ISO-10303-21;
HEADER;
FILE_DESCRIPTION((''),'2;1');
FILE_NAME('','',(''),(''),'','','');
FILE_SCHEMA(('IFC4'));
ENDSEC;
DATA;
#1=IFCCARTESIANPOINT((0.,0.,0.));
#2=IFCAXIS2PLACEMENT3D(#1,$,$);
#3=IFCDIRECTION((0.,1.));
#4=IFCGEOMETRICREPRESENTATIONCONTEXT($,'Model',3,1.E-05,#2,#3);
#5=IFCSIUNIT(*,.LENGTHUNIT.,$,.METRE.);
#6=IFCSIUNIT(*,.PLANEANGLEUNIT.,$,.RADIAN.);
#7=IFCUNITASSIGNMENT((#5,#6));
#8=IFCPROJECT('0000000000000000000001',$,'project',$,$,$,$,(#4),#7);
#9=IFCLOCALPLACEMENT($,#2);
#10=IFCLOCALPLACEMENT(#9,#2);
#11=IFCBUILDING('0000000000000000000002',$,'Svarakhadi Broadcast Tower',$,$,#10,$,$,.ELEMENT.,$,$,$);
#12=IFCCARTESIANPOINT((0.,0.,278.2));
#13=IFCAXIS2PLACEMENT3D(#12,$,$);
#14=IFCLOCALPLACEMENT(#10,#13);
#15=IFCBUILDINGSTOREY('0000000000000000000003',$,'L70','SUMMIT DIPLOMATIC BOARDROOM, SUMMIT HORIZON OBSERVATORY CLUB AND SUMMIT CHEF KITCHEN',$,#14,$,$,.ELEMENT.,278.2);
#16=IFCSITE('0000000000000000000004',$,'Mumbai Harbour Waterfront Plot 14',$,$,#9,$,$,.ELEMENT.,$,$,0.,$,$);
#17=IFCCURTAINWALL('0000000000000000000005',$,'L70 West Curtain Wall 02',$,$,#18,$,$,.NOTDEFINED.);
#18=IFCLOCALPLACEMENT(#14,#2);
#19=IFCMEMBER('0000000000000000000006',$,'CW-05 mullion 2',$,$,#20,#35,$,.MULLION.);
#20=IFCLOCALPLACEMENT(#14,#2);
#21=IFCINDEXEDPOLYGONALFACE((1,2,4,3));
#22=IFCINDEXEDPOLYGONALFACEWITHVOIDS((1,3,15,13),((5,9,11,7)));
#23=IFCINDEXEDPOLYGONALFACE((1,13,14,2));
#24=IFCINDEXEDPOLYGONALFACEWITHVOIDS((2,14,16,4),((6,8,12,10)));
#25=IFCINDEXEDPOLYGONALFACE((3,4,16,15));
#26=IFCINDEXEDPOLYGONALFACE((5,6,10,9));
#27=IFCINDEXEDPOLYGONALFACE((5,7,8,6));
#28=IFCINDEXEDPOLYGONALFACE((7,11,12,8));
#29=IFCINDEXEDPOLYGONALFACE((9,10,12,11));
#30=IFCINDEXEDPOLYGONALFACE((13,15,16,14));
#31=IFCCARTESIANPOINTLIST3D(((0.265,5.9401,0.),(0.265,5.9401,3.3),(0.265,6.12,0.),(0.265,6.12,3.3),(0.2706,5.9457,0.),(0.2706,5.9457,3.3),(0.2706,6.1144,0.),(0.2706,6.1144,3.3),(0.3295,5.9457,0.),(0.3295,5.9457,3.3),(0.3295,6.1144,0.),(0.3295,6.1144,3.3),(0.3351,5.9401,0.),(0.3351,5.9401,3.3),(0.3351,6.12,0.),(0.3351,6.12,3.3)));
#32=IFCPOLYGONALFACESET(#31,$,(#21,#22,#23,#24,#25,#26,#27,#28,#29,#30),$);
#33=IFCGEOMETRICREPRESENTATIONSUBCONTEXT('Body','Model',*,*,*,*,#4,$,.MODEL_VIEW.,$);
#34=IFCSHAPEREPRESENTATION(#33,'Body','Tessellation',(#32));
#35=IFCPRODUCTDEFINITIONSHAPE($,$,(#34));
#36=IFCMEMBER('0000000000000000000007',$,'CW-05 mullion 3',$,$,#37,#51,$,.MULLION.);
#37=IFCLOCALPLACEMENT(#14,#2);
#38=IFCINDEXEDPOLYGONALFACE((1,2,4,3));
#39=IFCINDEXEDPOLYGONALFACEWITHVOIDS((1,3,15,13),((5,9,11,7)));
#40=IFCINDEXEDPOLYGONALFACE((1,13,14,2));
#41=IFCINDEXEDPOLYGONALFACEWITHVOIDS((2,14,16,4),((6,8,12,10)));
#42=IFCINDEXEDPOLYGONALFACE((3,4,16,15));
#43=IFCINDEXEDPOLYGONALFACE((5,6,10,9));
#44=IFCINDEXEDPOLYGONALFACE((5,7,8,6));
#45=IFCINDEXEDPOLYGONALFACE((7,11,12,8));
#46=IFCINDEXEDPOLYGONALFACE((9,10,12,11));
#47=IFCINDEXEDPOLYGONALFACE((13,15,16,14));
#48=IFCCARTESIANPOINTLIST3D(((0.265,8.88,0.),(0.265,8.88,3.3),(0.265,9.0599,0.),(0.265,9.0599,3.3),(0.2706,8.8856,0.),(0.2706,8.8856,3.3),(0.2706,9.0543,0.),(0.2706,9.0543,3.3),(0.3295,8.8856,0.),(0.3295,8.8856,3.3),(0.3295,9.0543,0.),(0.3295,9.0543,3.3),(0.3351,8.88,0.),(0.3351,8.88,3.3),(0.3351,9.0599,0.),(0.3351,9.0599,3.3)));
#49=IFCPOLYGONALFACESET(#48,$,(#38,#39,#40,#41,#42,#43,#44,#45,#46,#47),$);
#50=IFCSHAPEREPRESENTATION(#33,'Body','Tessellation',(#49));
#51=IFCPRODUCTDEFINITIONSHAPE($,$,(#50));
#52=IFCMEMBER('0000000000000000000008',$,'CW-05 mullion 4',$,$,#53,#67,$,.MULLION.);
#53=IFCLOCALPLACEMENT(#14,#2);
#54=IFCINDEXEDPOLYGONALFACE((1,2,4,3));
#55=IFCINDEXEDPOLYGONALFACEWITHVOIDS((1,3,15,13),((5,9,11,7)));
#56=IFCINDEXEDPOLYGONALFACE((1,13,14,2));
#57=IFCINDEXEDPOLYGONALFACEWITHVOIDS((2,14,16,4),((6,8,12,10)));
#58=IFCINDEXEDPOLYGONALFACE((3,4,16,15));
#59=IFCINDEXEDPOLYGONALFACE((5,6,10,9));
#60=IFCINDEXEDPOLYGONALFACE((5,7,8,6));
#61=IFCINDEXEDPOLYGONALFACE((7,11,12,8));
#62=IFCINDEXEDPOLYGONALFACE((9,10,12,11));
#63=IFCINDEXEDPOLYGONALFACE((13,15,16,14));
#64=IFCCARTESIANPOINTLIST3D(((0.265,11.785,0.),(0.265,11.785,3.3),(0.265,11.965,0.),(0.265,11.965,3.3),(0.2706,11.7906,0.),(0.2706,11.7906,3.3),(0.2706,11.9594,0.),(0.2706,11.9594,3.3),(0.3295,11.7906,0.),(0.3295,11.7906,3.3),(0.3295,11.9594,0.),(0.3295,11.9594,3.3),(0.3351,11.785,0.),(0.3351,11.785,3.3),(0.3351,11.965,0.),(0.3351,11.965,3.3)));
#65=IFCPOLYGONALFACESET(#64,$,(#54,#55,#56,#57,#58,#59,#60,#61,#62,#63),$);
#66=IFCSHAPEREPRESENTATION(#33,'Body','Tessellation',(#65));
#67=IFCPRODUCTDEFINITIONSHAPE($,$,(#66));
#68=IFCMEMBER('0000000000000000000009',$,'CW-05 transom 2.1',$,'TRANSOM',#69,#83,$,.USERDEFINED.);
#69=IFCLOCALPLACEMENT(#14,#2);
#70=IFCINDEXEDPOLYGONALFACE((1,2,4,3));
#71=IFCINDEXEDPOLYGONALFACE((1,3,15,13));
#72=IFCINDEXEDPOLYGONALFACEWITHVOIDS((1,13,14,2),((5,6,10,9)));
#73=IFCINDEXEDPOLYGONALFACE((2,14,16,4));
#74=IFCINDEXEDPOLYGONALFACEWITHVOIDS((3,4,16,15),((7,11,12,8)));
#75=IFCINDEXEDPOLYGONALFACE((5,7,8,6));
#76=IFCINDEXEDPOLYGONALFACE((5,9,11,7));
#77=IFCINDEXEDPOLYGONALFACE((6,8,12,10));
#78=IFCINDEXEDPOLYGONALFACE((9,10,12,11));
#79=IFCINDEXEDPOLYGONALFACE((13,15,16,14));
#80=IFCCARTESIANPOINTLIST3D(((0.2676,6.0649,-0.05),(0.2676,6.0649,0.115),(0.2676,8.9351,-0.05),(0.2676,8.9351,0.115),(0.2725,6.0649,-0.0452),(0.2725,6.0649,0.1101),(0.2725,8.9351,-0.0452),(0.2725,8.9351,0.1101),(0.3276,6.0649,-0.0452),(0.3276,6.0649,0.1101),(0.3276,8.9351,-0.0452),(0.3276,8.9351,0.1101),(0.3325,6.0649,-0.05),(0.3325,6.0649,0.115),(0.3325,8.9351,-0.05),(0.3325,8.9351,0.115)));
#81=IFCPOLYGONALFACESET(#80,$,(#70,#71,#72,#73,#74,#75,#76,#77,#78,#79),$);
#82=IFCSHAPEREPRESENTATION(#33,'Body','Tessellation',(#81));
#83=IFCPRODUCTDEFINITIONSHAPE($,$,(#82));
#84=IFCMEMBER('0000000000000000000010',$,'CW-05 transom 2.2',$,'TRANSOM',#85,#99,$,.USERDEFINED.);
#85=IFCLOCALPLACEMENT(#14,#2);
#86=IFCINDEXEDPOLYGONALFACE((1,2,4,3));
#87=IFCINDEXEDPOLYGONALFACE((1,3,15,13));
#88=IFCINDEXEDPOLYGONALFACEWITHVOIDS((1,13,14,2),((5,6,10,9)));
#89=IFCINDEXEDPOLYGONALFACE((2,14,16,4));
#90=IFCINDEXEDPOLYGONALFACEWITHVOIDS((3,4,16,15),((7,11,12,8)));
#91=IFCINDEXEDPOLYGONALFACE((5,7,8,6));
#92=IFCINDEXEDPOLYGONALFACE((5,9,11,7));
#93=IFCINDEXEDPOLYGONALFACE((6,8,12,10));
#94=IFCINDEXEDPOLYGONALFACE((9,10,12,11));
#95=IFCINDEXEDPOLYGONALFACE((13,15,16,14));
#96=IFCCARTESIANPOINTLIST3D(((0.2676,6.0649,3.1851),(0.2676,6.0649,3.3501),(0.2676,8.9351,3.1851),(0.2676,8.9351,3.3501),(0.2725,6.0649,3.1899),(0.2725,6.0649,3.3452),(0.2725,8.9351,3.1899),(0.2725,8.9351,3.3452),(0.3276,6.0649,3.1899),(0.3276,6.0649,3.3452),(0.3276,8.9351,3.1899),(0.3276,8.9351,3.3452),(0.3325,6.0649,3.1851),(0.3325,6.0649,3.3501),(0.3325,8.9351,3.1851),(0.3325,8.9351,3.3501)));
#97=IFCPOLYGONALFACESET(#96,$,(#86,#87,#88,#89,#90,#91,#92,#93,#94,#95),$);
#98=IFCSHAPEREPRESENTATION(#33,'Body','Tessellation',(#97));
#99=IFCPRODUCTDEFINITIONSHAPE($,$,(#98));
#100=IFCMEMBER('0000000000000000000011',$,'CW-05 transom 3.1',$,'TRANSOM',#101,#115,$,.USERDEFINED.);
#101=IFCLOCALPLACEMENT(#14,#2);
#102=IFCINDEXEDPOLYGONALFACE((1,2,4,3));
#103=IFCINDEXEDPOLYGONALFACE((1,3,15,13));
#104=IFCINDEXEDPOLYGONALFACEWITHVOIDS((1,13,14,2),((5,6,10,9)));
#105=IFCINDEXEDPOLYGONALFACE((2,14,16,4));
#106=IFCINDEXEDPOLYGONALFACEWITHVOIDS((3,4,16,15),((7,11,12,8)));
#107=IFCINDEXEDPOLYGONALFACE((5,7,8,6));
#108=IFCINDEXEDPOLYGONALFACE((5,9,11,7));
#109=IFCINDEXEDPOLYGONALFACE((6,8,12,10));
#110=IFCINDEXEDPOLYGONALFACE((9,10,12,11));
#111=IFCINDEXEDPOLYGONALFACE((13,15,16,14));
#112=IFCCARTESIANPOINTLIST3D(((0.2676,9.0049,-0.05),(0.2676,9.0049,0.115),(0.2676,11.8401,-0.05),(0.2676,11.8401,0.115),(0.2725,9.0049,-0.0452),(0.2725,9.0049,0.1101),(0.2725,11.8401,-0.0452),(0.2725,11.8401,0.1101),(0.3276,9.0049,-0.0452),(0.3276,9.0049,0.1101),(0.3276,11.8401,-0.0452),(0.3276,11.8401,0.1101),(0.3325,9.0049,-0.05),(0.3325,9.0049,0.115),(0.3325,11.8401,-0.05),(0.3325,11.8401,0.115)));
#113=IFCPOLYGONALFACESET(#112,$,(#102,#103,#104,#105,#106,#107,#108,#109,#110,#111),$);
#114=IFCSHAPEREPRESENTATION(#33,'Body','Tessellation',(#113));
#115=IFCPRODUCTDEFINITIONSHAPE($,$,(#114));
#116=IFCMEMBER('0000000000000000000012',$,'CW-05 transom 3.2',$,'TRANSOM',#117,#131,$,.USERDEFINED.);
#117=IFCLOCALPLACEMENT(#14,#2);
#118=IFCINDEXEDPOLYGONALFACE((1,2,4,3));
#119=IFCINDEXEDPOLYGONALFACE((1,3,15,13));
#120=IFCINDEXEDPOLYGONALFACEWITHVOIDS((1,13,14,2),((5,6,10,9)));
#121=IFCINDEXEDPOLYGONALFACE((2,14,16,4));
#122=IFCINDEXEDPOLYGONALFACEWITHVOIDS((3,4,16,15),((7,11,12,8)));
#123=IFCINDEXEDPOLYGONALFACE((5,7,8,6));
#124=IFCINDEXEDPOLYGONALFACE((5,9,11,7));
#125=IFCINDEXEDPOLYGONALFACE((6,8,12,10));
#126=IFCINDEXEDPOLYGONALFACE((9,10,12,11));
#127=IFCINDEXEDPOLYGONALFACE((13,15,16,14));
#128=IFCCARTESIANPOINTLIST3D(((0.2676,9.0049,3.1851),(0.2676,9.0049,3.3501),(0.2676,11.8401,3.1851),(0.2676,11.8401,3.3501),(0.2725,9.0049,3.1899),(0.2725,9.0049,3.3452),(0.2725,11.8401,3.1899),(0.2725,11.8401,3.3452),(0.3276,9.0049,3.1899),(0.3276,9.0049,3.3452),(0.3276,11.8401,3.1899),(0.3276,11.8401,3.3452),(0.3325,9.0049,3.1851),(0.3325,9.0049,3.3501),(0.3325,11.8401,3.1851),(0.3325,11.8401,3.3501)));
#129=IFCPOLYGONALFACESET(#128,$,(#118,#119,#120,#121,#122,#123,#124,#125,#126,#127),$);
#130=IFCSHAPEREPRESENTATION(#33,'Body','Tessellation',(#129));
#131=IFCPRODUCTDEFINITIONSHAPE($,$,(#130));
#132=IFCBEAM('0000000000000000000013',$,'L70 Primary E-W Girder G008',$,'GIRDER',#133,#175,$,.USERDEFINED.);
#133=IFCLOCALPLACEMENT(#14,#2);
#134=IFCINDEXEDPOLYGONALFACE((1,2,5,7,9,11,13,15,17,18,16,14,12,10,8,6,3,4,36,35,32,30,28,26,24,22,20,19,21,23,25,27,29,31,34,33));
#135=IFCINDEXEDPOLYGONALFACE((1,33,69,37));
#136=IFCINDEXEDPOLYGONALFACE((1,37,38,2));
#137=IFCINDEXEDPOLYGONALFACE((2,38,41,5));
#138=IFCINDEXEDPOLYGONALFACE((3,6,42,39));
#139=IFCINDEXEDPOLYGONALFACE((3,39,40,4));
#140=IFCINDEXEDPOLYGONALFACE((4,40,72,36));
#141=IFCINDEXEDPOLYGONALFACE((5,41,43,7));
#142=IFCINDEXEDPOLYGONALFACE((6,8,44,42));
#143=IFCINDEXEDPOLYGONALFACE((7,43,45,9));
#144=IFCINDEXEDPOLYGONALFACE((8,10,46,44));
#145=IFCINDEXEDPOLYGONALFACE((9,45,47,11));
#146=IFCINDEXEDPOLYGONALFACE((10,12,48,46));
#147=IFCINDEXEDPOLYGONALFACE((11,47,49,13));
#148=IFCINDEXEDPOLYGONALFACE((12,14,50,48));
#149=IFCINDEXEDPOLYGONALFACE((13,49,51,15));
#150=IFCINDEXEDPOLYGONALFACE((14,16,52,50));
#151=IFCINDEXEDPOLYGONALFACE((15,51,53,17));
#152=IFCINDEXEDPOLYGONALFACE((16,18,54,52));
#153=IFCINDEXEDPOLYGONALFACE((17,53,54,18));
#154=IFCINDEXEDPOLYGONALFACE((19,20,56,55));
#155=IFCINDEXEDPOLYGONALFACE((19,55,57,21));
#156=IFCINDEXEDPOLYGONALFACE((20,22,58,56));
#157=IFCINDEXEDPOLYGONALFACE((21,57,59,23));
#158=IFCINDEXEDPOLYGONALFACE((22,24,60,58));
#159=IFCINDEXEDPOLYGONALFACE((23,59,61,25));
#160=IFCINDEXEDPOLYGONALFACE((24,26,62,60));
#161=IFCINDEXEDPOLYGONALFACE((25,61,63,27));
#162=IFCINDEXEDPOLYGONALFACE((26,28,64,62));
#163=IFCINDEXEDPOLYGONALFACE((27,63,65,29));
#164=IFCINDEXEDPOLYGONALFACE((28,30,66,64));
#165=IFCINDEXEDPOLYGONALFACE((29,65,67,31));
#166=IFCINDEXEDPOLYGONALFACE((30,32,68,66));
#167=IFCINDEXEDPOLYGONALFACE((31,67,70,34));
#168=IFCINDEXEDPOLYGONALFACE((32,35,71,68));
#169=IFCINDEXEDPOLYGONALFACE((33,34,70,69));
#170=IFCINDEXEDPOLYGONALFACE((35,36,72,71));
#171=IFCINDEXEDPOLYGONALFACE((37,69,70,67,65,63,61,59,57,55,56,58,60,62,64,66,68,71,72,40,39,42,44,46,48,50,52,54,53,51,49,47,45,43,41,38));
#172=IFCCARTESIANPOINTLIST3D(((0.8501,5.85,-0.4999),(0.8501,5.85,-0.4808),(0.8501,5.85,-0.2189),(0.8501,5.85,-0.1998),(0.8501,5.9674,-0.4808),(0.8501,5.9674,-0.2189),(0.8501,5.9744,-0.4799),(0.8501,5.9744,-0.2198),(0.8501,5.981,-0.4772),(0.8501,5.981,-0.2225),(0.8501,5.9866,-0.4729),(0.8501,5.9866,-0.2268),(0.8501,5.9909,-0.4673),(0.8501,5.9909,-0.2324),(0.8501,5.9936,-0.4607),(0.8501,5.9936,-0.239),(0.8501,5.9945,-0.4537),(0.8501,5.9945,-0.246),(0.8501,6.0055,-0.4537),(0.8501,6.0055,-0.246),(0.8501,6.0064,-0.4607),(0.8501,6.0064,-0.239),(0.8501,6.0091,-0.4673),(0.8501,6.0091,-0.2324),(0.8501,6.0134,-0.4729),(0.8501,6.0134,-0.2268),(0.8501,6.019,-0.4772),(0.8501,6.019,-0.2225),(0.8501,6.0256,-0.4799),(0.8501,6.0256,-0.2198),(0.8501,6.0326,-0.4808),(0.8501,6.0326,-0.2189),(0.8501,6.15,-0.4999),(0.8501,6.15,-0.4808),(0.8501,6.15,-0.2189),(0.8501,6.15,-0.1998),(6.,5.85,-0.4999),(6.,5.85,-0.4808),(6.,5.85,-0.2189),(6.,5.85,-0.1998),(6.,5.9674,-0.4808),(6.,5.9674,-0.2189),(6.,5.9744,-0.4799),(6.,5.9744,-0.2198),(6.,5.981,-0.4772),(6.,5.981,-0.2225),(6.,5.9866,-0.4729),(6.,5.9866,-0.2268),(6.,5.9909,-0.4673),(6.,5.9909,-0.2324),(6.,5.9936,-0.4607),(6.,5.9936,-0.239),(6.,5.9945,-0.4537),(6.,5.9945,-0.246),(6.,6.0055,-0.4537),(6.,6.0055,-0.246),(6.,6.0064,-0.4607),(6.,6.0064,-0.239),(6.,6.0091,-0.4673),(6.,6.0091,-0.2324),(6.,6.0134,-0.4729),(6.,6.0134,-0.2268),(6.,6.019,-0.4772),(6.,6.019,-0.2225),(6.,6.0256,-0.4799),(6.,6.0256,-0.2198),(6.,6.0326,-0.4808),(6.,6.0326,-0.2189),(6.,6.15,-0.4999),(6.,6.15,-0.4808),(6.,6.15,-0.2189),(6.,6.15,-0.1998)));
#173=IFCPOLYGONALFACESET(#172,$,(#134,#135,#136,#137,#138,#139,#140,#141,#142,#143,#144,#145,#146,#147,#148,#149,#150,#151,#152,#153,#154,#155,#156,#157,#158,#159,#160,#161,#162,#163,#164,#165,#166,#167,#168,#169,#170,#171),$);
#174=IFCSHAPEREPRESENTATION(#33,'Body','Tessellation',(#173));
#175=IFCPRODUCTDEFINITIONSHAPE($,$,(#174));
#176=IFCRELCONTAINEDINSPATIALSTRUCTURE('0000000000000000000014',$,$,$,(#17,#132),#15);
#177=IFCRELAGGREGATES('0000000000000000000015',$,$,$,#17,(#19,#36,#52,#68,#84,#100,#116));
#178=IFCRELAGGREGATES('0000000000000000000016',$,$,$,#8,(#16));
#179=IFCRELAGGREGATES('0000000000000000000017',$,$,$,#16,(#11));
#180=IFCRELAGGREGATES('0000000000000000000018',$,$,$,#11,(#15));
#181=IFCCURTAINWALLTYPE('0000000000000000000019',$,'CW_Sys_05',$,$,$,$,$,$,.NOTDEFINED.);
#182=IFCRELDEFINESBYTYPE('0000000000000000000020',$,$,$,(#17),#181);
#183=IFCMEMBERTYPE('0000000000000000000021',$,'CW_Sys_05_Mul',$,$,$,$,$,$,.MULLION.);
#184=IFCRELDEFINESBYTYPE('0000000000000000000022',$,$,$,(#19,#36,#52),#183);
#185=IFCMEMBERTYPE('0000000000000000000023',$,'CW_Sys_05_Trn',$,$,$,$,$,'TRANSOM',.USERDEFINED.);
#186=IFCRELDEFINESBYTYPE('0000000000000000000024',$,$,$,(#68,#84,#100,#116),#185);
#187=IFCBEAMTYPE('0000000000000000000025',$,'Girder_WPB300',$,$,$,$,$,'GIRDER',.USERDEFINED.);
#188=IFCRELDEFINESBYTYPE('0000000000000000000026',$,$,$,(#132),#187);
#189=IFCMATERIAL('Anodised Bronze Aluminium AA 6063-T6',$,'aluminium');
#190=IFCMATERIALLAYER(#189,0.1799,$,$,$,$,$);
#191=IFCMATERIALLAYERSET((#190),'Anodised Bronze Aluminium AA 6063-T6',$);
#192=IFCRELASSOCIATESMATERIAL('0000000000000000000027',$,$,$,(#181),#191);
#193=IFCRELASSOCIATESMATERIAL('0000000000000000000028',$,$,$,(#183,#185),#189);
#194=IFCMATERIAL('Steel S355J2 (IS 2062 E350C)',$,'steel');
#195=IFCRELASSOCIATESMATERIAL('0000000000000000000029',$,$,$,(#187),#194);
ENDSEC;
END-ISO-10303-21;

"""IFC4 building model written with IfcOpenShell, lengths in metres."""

from ifc_helpers import new_model, si_unit, direction, frame, origin, origin_2d, place, context, subcontext, project, spatial, hollow_rectangle, i_section, extrude, material, layer, layer_set, material_profile, profile_set, type_object, element, aggregate, save


model = new_model("IFC4")

# Units and contexts
model_context = context("Model", 3, precision=1e-05, world=origin(), true_north=direction((0.0, 1.0)))
body_context = subcontext(model_context, "Body", "Model", "MODEL_VIEW")
ifc_project = project(units=[si_unit("LENGTHUNIT", "METRE"), si_unit("PLANEANGLEUNIT", "RADIAN")], contexts=[model_context])

# Site, building, storey
site_placement = place(None, origin())
site = spatial("IfcSite", under=ifc_project, at=site_placement, Name="Mumbai Harbour Waterfront Plot 14", CompositionType="ELEMENT", RefElevation=0.0)
building_placement = place(site_placement, origin())
building = spatial("IfcBuilding", under=site, at=building_placement, Name="Svarakhadi Broadcast Tower", CompositionType="ELEMENT")
storey_placement = place(building_placement, frame((0.0, 0.0, 278.2)))
storey = spatial("IfcBuildingStorey", under=building, at=storey_placement, Name="L70", Description="SUMMIT DIPLOMATIC BOARDROOM, SUMMIT HORIZON OBSERVATORY CLUB AND SUMMIT CHEF KITCHEN", CompositionType="ELEMENT", Elevation=278.2)

# Shared definitions
ifc_material_1 = material(Name="Steel S355J2 (IS 2062 E350C)", Category="steel")

# Curtain wall, members
ifc_material_2 = material(Name="Anodised Bronze Aluminium AA 6063-T6", Category="aluminium")
ifc_layer_1 = layer(ifc_material_2, 0.1799)
ifc_layer_set_1 = layer_set([ifc_layer_1], Name="Anodised Bronze Aluminium AA 6063-T6")
curtain_wall_type = type_object("IfcCurtainWallType", Name="CW_Sys_05", PredefinedType="NOTDEFINED", material=ifc_layer_set_1)
curtain_wall_placement = place(storey_placement, origin())
curtain_wall = element("IfcCurtainWall", 1, at=curtain_wall_placement, inside=storey, type_object=curtain_wall_type, Name="L70 West Curtain Wall 02", PredefinedType="NOTDEFINED")
ifc_material_profile_1 = material_profile(ifc_material_2, hollow_rectangle(XDim=0.0701, YDim=0.1799, WallThickness=0.0056, at=origin_2d()), Name="ALU MULLION 180x70x6")
ifc_profile_set_1 = profile_set([ifc_material_profile_1], Name="Anodised Bronze Aluminium AA 6063-T6")
member_type_1 = type_object("IfcMemberType", Name="CW_Sys_05_Mul", PredefinedType="MULLION", material=ifc_profile_set_1)
member_1_placement = place(storey_placement, frame((0.3, 6.03, 0.0), z_axis=(0.0, 0.0, 1.0), x_axis=(-1.0, 0.0, 0.0)))
member_1 = element("IfcMember", 2, at=member_1_placement, type_object=member_type_1, Name="CW-05 mullion 2", PredefinedType="MULLION", context=body_context, shape_type="SweptSolid", body=[
    extrude(hollow_rectangle(XDim=0.0701, YDim=0.1799, WallThickness=0.0056, at=origin_2d()), origin(), (0.0, 0.0, 1.0), 3.3),
])
member_2_placement = place(storey_placement, frame((0.3, 8.97, 0.0), z_axis=(0.0, 0.0, 1.0), x_axis=(-1.0, 0.0, 0.0)))
member_2 = element("IfcMember", 3, at=member_2_placement, type_object=member_type_1, Name="CW-05 mullion 3", PredefinedType="MULLION", context=body_context, shape_type="SweptSolid", body=[
    extrude(hollow_rectangle(XDim=0.0701, YDim=0.1799, WallThickness=0.0056, at=origin_2d()), origin(), (0.0, 0.0, 1.0), 3.3),
])
member_3_placement = place(storey_placement, frame((0.3, 11.875, 0.0), z_axis=(0.0, 0.0, 1.0), x_axis=(-1.0, 0.0, 0.0)))
member_3 = element("IfcMember", 4, at=member_3_placement, type_object=member_type_1, Name="CW-05 mullion 4", PredefinedType="MULLION", context=body_context, shape_type="SweptSolid", body=[
    extrude(hollow_rectangle(XDim=0.0701, YDim=0.1799, WallThickness=0.0056, at=origin_2d()), origin(), (0.0, 0.0, 1.0), 3.3),
])
ifc_material_profile_2 = material_profile(ifc_material_2, hollow_rectangle(XDim=0.0649, YDim=0.165, WallThickness=0.0049, at=origin_2d()), Name="ALU TRANSOM 165x65x5")
ifc_profile_set_2 = profile_set([ifc_material_profile_2], Name="Anodised Bronze Aluminium AA 6063-T6")
member_type_2 = type_object("IfcMemberType", Name="CW_Sys_05_Trn", ElementType="TRANSOM", PredefinedType="USERDEFINED", material=ifc_profile_set_2)
member_4_placement = place(storey_placement, frame((0.3, 6.0649, 0.0325), z_axis=(0.0, 1.0, 0.0), x_axis=(-1.0, 0.0, 0.0)))
member_4 = element("IfcMember", 5, at=member_4_placement, type_object=member_type_2, Name="CW-05 transom 2.1", ObjectType="TRANSOM", PredefinedType="USERDEFINED", context=body_context, shape_type="SweptSolid", body=[
    extrude(hollow_rectangle(XDim=0.0649, YDim=0.165, WallThickness=0.0049, at=origin_2d()), origin(), (0.0, 0.0, 1.0), 2.8701),
])
member_5_placement = place(storey_placement, frame((0.3, 6.0649, 3.2676), z_axis=(0.0, 1.0, 0.0), x_axis=(-1.0, 0.0, 0.0)))
member_5 = element("IfcMember", 6, at=member_5_placement, type_object=member_type_2, Name="CW-05 transom 2.2", ObjectType="TRANSOM", PredefinedType="USERDEFINED", context=body_context, shape_type="SweptSolid", body=[
    extrude(hollow_rectangle(XDim=0.0649, YDim=0.165, WallThickness=0.0049, at=origin_2d()), origin(), (0.0, 0.0, 1.0), 2.8701),
])
member_6_placement = place(storey_placement, frame((0.3, 9.0049, 0.0325), z_axis=(0.0, 1.0, 0.0), x_axis=(-1.0, 0.0, 0.0)))
member_6 = element("IfcMember", 7, at=member_6_placement, type_object=member_type_2, Name="CW-05 transom 3.1", ObjectType="TRANSOM", PredefinedType="USERDEFINED", context=body_context, shape_type="SweptSolid", body=[
    extrude(hollow_rectangle(XDim=0.0649, YDim=0.165, WallThickness=0.0049, at=origin_2d()), origin(), (0.0, 0.0, 1.0), 2.8352),
])
member_7_placement = place(storey_placement, frame((0.3, 9.0049, 3.2676), z_axis=(0.0, 1.0, 0.0), x_axis=(-1.0, 0.0, 0.0)))
member_7 = element("IfcMember", 8, at=member_7_placement, type_object=member_type_2, Name="CW-05 transom 3.2", ObjectType="TRANSOM", PredefinedType="USERDEFINED", context=body_context, shape_type="SweptSolid", body=[
    extrude(hollow_rectangle(XDim=0.0649, YDim=0.165, WallThickness=0.0049, at=origin_2d()), origin(), (0.0, 0.0, 1.0), 2.8352),
])

# Beam
ifc_material_profile_3 = material_profile(ifc_material_1, i_section(OverallWidth=0.3, OverallDepth=0.3, WebThickness=0.011, FlangeThickness=0.019, FilletRadius=0.0271, at=origin_2d()), Name="WPB 300x300x117")
ifc_profile_set_3 = profile_set([ifc_material_profile_3], Name="Steel S355J2 (IS 2062 E350C)")
beam_type_1 = type_object("IfcBeamType", Name="Girder_WPB300", ElementType="GIRDER", PredefinedType="USERDEFINED", material=ifc_profile_set_3)
for number, where, z_axis, x_axis, name in (
    (9, (0.8501, 6.0, -0.3499), (1.0, 0.0, 0.0), (0.0, 1.0, 0.0), "L70 Primary E-W Girder G008"),
):
    element("IfcBeam", number, at=place(storey_placement, frame(where, z_axis=z_axis, x_axis=x_axis)), inside=storey, type_object=beam_type_1, Name=name, ObjectType="GIRDER", PredefinedType="USERDEFINED", context=body_context, shape_type="SweptSolid", body=[
        extrude(i_section(OverallWidth=0.3, OverallDepth=0.3, WebThickness=0.011, FlangeThickness=0.019, FilletRadius=0.0271, at=origin_2d()), origin(), (0.0, 0.0, 1.0), 5.1499),
    ])

aggregate(curtain_wall, [member_1, member_2, member_3, member_4, member_5, member_6, member_7])

save(model, "model.ifc")
